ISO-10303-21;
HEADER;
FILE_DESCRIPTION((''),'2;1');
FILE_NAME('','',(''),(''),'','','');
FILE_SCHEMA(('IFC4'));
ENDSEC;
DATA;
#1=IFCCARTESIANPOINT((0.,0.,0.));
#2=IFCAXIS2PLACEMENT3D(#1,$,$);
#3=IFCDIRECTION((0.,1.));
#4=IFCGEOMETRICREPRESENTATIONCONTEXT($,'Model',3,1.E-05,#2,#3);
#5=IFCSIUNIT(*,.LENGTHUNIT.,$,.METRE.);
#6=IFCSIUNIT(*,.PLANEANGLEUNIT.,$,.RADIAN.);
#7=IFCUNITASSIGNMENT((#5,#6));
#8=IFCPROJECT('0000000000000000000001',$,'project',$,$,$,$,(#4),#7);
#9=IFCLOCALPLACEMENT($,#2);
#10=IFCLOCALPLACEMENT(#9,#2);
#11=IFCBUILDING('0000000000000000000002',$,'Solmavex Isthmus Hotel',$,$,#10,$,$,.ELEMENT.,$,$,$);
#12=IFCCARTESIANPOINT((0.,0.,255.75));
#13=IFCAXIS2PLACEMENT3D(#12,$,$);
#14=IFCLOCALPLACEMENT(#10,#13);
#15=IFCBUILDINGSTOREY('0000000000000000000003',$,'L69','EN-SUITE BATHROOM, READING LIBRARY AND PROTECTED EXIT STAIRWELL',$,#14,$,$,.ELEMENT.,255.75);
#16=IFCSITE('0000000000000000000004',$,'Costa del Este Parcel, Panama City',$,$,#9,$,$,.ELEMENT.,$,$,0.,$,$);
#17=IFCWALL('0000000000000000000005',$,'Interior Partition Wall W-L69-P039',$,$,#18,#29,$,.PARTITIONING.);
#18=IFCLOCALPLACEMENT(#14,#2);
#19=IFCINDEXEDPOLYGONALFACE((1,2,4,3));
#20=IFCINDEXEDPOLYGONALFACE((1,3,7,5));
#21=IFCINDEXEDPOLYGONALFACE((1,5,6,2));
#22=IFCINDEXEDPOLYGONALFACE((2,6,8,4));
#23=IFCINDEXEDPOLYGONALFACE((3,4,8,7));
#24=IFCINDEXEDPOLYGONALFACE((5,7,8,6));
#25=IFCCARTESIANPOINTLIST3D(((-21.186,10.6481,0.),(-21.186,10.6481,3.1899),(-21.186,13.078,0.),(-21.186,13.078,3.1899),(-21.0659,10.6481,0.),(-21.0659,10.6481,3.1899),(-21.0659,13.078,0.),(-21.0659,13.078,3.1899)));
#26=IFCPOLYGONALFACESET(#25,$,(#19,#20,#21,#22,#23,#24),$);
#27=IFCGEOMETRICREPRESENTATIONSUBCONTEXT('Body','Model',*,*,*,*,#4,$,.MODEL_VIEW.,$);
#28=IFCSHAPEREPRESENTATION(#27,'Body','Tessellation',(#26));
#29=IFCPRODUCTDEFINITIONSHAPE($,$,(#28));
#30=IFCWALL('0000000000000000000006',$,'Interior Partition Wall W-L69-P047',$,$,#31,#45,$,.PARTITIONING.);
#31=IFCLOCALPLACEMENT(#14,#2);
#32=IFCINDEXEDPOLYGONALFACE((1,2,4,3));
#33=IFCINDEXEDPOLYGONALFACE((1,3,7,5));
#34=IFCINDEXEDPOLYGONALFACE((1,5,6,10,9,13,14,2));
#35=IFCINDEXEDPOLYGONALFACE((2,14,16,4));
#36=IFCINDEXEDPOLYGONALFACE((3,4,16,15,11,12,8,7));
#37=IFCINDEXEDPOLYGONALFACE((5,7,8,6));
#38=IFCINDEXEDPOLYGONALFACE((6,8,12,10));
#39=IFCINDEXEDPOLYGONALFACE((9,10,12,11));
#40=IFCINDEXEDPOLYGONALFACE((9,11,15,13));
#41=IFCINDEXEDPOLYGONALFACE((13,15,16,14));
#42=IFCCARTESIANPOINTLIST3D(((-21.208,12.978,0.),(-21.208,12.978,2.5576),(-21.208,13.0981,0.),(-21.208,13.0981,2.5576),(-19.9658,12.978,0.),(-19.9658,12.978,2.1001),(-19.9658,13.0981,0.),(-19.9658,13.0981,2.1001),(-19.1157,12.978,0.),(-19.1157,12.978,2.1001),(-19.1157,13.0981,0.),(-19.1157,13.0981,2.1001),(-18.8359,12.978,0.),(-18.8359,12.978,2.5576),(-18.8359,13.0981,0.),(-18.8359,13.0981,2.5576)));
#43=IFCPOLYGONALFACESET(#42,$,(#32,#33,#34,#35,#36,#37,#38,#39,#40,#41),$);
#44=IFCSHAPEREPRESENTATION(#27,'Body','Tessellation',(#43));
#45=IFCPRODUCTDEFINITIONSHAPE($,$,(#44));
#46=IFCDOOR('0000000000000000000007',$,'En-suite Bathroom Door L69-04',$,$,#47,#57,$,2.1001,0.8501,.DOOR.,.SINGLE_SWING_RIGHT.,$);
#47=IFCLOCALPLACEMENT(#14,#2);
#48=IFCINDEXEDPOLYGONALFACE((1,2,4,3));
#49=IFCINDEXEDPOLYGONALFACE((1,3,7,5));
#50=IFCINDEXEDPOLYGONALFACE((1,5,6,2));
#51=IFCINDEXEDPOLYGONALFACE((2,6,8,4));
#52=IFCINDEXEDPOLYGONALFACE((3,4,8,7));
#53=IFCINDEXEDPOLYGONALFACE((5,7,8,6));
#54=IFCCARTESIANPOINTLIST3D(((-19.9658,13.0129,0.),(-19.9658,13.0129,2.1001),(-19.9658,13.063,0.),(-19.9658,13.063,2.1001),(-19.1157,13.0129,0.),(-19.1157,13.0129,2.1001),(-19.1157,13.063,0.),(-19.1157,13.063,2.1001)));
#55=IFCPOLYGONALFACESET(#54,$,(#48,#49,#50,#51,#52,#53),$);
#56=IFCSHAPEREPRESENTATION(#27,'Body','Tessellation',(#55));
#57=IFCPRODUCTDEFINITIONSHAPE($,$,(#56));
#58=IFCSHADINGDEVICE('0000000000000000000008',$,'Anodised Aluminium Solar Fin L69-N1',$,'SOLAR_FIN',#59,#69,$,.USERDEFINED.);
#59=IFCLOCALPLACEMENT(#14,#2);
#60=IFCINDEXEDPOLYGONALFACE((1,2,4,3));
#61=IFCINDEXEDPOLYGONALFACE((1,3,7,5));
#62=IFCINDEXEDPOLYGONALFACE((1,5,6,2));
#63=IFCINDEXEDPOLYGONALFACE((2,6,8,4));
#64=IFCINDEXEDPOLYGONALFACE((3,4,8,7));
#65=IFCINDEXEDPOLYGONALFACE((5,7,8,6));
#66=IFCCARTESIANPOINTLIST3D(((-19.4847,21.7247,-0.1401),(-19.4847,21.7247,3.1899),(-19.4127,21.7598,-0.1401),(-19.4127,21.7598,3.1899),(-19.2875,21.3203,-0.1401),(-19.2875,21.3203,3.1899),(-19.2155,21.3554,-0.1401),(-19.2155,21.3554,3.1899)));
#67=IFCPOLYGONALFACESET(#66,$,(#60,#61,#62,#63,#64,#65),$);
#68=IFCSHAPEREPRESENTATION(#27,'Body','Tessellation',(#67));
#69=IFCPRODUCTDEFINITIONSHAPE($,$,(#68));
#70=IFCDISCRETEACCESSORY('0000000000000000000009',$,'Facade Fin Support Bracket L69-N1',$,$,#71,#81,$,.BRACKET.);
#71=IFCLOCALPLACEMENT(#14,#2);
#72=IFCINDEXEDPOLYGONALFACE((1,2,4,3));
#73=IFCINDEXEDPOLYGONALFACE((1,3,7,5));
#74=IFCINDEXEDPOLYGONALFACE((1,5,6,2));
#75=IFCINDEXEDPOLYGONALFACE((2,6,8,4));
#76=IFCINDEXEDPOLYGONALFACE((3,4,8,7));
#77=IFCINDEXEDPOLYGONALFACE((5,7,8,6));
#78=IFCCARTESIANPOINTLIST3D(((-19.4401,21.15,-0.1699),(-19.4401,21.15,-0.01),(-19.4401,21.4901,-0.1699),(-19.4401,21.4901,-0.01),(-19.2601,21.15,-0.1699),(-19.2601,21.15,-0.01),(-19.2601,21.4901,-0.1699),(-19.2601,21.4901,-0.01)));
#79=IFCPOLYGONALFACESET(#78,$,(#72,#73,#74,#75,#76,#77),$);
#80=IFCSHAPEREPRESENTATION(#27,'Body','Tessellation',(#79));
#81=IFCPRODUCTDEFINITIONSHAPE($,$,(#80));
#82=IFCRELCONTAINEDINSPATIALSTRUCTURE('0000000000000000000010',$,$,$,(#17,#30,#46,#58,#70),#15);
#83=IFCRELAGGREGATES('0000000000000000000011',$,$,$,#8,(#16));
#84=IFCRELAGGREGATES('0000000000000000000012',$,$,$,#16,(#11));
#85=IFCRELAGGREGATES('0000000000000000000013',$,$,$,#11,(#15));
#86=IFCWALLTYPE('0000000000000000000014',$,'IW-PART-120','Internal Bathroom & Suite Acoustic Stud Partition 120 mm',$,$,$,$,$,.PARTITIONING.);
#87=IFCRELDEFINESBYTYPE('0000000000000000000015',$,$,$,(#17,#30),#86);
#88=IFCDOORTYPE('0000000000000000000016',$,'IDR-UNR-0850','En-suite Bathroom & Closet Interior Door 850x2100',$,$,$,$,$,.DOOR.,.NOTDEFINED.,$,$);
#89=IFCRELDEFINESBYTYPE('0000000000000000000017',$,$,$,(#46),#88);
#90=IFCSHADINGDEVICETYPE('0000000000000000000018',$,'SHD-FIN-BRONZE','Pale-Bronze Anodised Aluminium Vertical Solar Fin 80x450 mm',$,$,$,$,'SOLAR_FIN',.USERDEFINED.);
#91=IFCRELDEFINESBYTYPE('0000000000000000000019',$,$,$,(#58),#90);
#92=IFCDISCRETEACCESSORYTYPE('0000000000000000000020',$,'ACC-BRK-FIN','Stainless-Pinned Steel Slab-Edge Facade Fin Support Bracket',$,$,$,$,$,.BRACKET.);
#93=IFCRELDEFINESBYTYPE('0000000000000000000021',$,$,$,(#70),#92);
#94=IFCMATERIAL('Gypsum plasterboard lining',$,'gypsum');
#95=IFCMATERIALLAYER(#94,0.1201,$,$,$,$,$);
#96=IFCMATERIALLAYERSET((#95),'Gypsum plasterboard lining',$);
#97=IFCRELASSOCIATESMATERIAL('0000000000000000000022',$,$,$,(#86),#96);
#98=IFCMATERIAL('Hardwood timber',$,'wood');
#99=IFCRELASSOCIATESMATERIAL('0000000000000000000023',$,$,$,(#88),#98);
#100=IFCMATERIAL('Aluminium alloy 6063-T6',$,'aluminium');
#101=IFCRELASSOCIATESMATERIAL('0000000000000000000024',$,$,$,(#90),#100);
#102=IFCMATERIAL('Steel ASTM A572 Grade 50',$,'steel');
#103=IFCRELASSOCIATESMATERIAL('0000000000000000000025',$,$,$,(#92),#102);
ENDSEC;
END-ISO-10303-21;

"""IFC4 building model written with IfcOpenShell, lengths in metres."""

from ifc_helpers import new_model, si_unit, direction, frame, frame_2d, origin, origin_2d, place, context, subcontext, project, spatial, rectangle, extrude, material, layer, layer_set, type_object, element, fill, save


model = new_model("IFC4")

# Units and contexts
model_context = context("Model", 3, precision=1e-05, world=origin(), true_north=direction((0.0, 1.0)))
body_context = subcontext(model_context, "Body", "Model", "MODEL_VIEW")
ifc_project = project(units=[si_unit("LENGTHUNIT", "METRE"), si_unit("PLANEANGLEUNIT", "RADIAN")], contexts=[model_context])

# Site, building, storey
site_placement = place(None, origin())
site = spatial("IfcSite", under=ifc_project, at=site_placement, Name="Costa del Este Parcel, Panama City", CompositionType="ELEMENT", RefElevation=0.0)
building_placement = place(site_placement, origin())
building = spatial("IfcBuilding", under=site, at=building_placement, Name="Solmavex Isthmus Hotel", CompositionType="ELEMENT")
storey_placement = place(building_placement, frame((0.0, 0.0, 255.75)))
storey = spatial("IfcBuildingStorey", under=building, at=storey_placement, Name="L69", Description="EN-SUITE BATHROOM, READING LIBRARY AND PROTECTED EXIT STAIRWELL", CompositionType="ELEMENT", Elevation=255.75)

# Shared definitions
ifc_material_1 = material(Name="Aluminium alloy 6063-T6", Category="aluminium")

# Shared definitions
ifc_material_2 = material(Name="Gypsum plasterboard lining", Category="gypsum")
ifc_material_3 = material(Name="Hardwood timber", Category="wood")

# Wall
ifc_layer_1 = layer(ifc_material_2, 0.1201)
ifc_layer_set_1 = layer_set([ifc_layer_1], Name="Gypsum plasterboard lining")
wall_type_1 = type_object("IfcWallType", Name="IW-PART-120", Description="Internal Bathroom & Suite Acoustic Stud Partition 120 mm", PredefinedType="PARTITIONING", material=ifc_layer_set_1)
wall_1_placement = place(storey_placement, frame((-21.126, 13.0779, 0.0), z_axis=(0.0, 0.0, 1.0), x_axis=(0.0, -1.0, 0.0)))
element("IfcWall", 1, at=wall_1_placement, inside=storey, type_object=wall_type_1, Name="Interior Partition Wall W-L69-P039", PredefinedType="PARTITIONING", context=body_context, shape_type="SweptSolid", body=[
    extrude(rectangle(XDim=2.4299, YDim=0.1201, at=frame_2d((1.2148, 0.0))), origin(), (0.0, 0.0, 1.0), 3.1899),
])

# Wall, opening, door
wall_2_placement = place(storey_placement, frame((-18.8359, 13.0381, 0.0), z_axis=(0.0, 0.0, 1.0), x_axis=(-1.0, 0.0, 0.0)))
wall_2 = element("IfcWall", 2, at=wall_2_placement, inside=storey, type_object=wall_type_1, Name="Interior Partition Wall W-L69-P047", PredefinedType="PARTITIONING", context=body_context, shape_type="SweptSolid", body=[
    extrude(rectangle(XDim=2.3721, YDim=0.1201, at=frame_2d((1.186, 0.0))), origin(), (0.0, 0.0, 1.0), 2.5576),
])
opening_1_placement = place(wall_2_placement, frame((0.2798, 0.0, 0.0)))
opening_1 = element("IfcOpeningElement", 3, at=opening_1_placement, cuts=wall_2, PredefinedType="OPENING", context=body_context, shape_type="SweptSolid", body=[
    extrude(rectangle(XDim=0.8501, YDim=2.1001, at=frame_2d((0.425, 1.05))), frame((0.0, 0.0701, 0.0), z_axis=(0.0, -1.0, 0.0), x_axis=(1.0, 0.0, 0.0)), (0.0, 0.0, 1.0), 0.1401),
])
door_type_1 = type_object("IfcDoorType", Name="IDR-UNR-0850", Description="En-suite Bathroom & Closet Interior Door 850x2100", OperationType="NOTDEFINED", PredefinedType="DOOR", material=ifc_material_3)
door_1_placement = place(opening_1_placement, frame((0.8501, 0.0, 0.0), z_axis=(0.0, 0.0, 1.0), x_axis=(-1.0, 0.0, 0.0)))
door_1 = element("IfcDoor", 4, at=door_1_placement, inside=storey, type_object=door_type_1, Name="En-suite Bathroom Door L69-04", OperationType="SINGLE_SWING_RIGHT", OverallHeight=2.1001, OverallWidth=0.8501, PredefinedType="DOOR", context=body_context, shape_type="SweptSolid", body=[
    extrude(rectangle(XDim=0.8501, YDim=2.1001, at=frame_2d((0.425, 1.05))), frame((0.0, 0.0249, 0.0), z_axis=(0.0, -1.0, 0.0), x_axis=(1.0, 0.0, 0.0)), (0.0, 0.0, 1.0), 0.05),
])
fill(opening_1, door_1)

# Shading device
shading_device_type = type_object("IfcShadingDeviceType", Name="SHD-FIN-BRONZE", Description="Pale-Bronze Anodised Aluminium Vertical Solar Fin 80x450 mm", ElementType="SOLAR_FIN", PredefinedType="USERDEFINED", material=ifc_material_1)
shading_device_placement = place(storey_placement, frame((-19.3501, 21.54, -0.1401), z_axis=(0.0, 0.0, 1.0), x_axis=(-0.438371, 0.898794, 0.0)))
element("IfcShadingDevice", 5, at=shading_device_placement, inside=storey, type_object=shading_device_type, Name="Anodised Aluminium Solar Fin L69-N1", ObjectType="SOLAR_FIN", PredefinedType="USERDEFINED", context=body_context, shape_type="SweptSolid", body=[
    extrude(rectangle(XDim=0.45, YDim=0.0801, at=origin_2d()), origin(), (0.0, 0.0, 1.0), 3.3301),
])

# Discrete accessory
ifc_material_4 = material(Name="Steel ASTM A572 Grade 50", Category="steel")
discrete_accessory_type = type_object("IfcDiscreteAccessoryType", Name="ACC-BRK-FIN", Description="Stainless-Pinned Steel Slab-Edge Facade Fin Support Bracket", PredefinedType="BRACKET", material=ifc_material_4)
discrete_accessory_placement = place(storey_placement, frame((-19.3501, 21.3201, -0.1699), z_axis=(0.0, 0.0, 1.0), x_axis=(0.0, 1.0, 0.0)))
element("IfcDiscreteAccessory", 6, at=discrete_accessory_placement, inside=storey, type_object=discrete_accessory_type, Name="Facade Fin Support Bracket L69-N1", PredefinedType="BRACKET", context=body_context, shape_type="SweptSolid", body=[
    extrude(rectangle(XDim=0.3401, YDim=0.1799, at=origin_2d()), origin(), (0.0, 0.0, 1.0), 0.1599),
])

save(model, "model.ifc")
